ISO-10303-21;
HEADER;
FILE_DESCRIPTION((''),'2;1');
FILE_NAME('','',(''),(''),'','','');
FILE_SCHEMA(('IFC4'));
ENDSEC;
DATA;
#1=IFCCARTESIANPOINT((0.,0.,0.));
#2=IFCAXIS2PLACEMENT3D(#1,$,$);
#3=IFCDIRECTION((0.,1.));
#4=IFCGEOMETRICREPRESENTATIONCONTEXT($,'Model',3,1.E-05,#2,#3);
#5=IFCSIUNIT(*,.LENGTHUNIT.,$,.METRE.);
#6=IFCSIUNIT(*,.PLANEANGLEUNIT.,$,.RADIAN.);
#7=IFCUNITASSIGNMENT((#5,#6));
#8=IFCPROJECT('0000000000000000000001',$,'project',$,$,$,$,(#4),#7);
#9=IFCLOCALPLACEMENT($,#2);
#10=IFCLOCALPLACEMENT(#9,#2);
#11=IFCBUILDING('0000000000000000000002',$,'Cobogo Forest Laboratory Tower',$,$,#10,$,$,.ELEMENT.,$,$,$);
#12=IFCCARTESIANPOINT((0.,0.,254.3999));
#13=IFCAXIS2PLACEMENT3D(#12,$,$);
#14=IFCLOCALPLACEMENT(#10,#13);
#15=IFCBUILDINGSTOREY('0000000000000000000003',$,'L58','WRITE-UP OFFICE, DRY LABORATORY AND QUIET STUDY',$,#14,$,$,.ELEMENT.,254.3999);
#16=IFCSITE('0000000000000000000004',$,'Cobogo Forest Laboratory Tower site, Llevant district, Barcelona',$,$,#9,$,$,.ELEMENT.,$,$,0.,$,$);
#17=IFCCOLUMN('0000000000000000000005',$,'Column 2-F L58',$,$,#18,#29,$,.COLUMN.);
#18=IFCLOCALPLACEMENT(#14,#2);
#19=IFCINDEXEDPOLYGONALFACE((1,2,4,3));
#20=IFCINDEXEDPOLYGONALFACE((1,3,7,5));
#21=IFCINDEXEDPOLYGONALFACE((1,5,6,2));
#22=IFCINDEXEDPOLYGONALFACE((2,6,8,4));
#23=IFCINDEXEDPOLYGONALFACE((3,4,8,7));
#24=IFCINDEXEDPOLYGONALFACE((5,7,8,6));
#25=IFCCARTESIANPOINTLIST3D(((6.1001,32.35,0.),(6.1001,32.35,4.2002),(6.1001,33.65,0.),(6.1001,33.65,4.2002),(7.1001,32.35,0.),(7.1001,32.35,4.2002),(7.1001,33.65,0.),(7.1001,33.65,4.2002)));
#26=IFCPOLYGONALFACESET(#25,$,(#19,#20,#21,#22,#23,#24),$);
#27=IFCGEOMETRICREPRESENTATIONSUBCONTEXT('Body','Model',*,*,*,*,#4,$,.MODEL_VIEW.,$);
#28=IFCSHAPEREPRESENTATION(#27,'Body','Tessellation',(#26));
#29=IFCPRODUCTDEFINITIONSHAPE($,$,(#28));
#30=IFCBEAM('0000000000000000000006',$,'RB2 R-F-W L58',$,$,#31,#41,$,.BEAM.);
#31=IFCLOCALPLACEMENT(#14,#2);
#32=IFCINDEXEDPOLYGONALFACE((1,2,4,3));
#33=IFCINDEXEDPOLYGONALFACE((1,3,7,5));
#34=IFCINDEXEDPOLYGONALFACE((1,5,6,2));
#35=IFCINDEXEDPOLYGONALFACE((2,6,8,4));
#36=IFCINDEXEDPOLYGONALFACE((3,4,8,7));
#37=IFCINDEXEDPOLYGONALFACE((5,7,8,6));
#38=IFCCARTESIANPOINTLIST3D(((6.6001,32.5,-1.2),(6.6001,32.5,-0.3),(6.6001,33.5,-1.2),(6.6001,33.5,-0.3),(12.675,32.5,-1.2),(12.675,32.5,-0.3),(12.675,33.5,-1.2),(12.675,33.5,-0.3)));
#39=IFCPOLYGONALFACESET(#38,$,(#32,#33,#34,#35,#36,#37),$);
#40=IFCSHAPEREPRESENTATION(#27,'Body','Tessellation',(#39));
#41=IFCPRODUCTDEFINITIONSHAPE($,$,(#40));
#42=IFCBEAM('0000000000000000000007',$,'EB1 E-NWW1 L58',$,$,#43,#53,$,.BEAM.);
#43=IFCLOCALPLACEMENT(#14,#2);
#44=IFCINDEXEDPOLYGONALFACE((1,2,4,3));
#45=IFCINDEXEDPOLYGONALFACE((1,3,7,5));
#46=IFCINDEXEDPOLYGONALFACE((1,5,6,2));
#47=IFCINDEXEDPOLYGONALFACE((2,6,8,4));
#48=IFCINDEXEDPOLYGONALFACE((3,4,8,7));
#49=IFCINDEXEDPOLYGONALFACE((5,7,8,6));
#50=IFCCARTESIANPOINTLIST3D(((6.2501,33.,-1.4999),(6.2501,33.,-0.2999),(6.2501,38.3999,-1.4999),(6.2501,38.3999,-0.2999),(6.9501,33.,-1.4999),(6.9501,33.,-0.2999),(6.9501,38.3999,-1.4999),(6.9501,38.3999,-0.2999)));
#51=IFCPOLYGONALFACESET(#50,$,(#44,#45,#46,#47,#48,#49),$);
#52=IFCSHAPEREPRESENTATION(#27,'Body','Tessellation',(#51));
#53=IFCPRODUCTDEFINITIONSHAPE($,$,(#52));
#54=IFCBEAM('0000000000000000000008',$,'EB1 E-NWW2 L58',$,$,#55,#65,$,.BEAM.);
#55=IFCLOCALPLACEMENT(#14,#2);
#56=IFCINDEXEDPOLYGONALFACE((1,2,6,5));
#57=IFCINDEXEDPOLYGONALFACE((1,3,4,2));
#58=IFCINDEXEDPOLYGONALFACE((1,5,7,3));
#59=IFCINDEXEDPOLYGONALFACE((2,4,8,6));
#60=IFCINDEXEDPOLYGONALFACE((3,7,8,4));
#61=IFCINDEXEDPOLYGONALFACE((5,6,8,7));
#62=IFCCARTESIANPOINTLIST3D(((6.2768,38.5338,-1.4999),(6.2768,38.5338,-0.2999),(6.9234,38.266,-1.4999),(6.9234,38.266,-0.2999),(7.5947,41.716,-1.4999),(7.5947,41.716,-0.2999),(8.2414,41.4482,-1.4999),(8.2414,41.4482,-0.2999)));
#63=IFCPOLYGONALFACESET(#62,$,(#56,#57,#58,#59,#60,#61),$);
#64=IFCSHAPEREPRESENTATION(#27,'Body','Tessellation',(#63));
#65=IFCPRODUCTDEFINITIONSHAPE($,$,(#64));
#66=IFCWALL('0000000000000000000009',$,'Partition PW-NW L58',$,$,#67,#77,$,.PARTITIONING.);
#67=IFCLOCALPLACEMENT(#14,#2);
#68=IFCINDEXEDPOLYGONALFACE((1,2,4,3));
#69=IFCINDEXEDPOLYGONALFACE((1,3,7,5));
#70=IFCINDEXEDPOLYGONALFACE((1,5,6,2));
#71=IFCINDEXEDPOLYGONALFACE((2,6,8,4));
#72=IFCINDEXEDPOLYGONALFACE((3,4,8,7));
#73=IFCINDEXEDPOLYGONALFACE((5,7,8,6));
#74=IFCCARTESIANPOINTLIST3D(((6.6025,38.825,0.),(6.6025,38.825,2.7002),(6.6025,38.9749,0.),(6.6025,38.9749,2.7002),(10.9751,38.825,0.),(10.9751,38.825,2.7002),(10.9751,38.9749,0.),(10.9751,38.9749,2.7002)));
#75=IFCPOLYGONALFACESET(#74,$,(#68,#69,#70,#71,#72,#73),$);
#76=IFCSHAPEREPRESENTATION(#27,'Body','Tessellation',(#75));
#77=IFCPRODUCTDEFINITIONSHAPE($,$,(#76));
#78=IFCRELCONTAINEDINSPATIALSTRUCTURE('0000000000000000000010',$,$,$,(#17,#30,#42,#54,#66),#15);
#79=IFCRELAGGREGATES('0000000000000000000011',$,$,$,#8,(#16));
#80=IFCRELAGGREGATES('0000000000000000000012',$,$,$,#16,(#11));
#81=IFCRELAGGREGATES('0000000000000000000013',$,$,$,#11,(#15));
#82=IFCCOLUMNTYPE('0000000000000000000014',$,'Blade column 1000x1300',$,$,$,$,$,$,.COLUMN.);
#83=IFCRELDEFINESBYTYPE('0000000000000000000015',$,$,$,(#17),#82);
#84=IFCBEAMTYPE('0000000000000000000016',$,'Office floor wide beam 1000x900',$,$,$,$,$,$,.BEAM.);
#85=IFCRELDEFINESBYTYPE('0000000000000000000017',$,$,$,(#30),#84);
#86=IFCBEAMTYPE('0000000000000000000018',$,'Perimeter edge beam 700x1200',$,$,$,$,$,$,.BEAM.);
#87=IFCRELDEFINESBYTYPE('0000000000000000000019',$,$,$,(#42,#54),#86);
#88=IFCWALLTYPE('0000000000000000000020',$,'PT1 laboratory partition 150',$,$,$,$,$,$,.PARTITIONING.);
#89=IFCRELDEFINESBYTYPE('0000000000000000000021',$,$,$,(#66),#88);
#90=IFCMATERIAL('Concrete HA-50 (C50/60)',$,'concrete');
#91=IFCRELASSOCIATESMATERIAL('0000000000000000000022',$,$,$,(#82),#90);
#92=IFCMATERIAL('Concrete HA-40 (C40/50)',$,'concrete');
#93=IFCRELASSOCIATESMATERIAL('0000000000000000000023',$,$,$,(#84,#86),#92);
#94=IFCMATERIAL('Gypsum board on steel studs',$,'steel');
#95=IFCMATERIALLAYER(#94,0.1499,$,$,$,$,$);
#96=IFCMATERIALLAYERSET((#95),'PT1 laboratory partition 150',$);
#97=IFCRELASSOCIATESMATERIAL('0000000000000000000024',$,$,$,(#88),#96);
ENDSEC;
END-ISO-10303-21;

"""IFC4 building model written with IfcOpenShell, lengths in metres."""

from ifc_helpers import new_model, si_unit, direction, frame, frame_2d, origin, origin_2d, place, context, subcontext, project, spatial, rectangle, extrude, material, layer, layer_set, material_profile, profile_set, type_object, element, save


model = new_model("IFC4")

# Units and contexts
model_context = context("Model", 3, precision=1e-05, world=origin(), true_north=direction((0.0, 1.0)))
body_context = subcontext(model_context, "Body", "Model", "MODEL_VIEW")
ifc_project = project(units=[si_unit("LENGTHUNIT", "METRE"), si_unit("PLANEANGLEUNIT", "RADIAN")], contexts=[model_context])

# Site, building, storey
site_placement = place(None, origin())
site = spatial("IfcSite", under=ifc_project, at=site_placement, Name="Cobogo Forest Laboratory Tower site, Llevant district, Barcelona", CompositionType="ELEMENT", RefElevation=0.0)
building_placement = place(site_placement, origin())
building = spatial("IfcBuilding", under=site, at=building_placement, Name="Cobogo Forest Laboratory Tower", CompositionType="ELEMENT")
storey_placement = place(building_placement, frame((0.0, 0.0, 254.3999)))
storey = spatial("IfcBuildingStorey", under=building, at=storey_placement, Name="L58", Description="WRITE-UP OFFICE, DRY LABORATORY AND QUIET STUDY", CompositionType="ELEMENT", Elevation=254.3999)

# Column
ifc_material_1 = material(Name="Concrete HA-50 (C50/60)", Category="concrete")
ifc_material_profile_1 = material_profile(ifc_material_1, rectangle(XDim=1.3, YDim=1.0, at=origin_2d()), Name="RC 1000x1300")
ifc_profile_set_1 = profile_set([ifc_material_profile_1], Name="Concrete HA-50 (C50/60)")
column_type = type_object("IfcColumnType", Name="Blade column 1000x1300", PredefinedType="COLUMN", material=ifc_profile_set_1)
column_placement = place(storey_placement, frame((6.6001, 33.0, 0.0), z_axis=(0.0, 0.0, 1.0), x_axis=(0.0, 1.0, 0.0)))
element("IfcColumn", 1, at=column_placement, inside=storey, type_object=column_type, Name="Column 2-F L58", PredefinedType="COLUMN", context=body_context, shape_type="SweptSolid", body=[
    extrude(rectangle(XDim=1.3, YDim=1.0, at=origin_2d()), origin(), (0.0, 0.0, 1.0), 4.2002),
])

# Beams
ifc_material_2 = material(Name="Concrete HA-40 (C40/50)", Category="concrete")
ifc_material_profile_2 = material_profile(ifc_material_2, rectangle(XDim=1.0, YDim=0.8999, at=origin_2d()), Name="RC 1000x900")
ifc_profile_set_2 = profile_set([ifc_material_profile_2], Name="Concrete HA-40 (C40/50)")
beam_type_1 = type_object("IfcBeamType", Name="Office floor wide beam 1000x900", PredefinedType="BEAM", material=ifc_profile_set_2)
beam_1_placement = place(storey_placement, frame((12.675, 33.0, -0.75), z_axis=(-1.0, 0.0, 0.0), x_axis=(0.0, -1.0, 0.0)))
element("IfcBeam", 2, at=beam_1_placement, inside=storey, type_object=beam_type_1, Name="RB2 R-F-W L58", PredefinedType="BEAM", context=body_context, shape_type="SweptSolid", body=[
    extrude(rectangle(XDim=1.0, YDim=0.8999, at=origin_2d()), origin(), (0.0, 0.0, 1.0), 6.075),
])
ifc_material_profile_3 = material_profile(ifc_material_2, rectangle(XDim=0.7, YDim=1.2, at=origin_2d()), Name="RC 700x1200")
ifc_profile_set_3 = profile_set([ifc_material_profile_3], Name="Concrete HA-40 (C40/50)")
beam_type_2 = type_object("IfcBeamType", Name="Perimeter edge beam 700x1200", PredefinedType="BEAM", material=ifc_profile_set_3)
beam_2_placement = place(storey_placement, frame((6.6001, 33.0, -0.8999), z_axis=(0.0, 1.0, 0.0), x_axis=(-1.0, 0.0, 0.0)))
element("IfcBeam", 3, at=beam_2_placement, inside=storey, type_object=beam_type_2, Name="EB1 E-NWW1 L58", PredefinedType="BEAM", context=body_context, shape_type="SweptSolid", body=[
    extrude(rectangle(XDim=0.7, YDim=1.2, at=origin_2d()), origin(), (0.0, 0.0, 1.0), 5.3999),
])
beam_3_placement = place(storey_placement, frame((6.6001, 38.3999, -0.8999), z_axis=(0.382631, 0.923901, 0.0), x_axis=(-0.923901, 0.382631, 0.0)))
element("IfcBeam", 4, at=beam_3_placement, inside=storey, type_object=beam_type_2, Name="EB1 E-NWW2 L58", PredefinedType="BEAM", context=body_context, shape_type="SweptSolid", body=[
    extrude(rectangle(XDim=0.7, YDim=1.2, at=origin_2d()), origin(), (0.0, 0.0, 1.0), 3.4443),
])

# Wall
ifc_material_3 = material(Name="Gypsum board on steel studs", Category="steel")
ifc_layer_1 = layer(ifc_material_3, 0.1499)
ifc_layer_set_1 = layer_set([ifc_layer_1], Name="PT1 laboratory partition 150")
wall_type_1 = type_object("IfcWallType", Name="PT1 laboratory partition 150", PredefinedType="PARTITIONING", material=ifc_layer_set_1)
wall_1_placement = place(storey_placement, frame((6.6025, 38.8999, 0.0), z_axis=(0.0, 0.0, 1.0), x_axis=(1.0, 0.0, 0.0)))
element("IfcWall", 5, at=wall_1_placement, inside=storey, type_object=wall_type_1, Name="Partition PW-NW L58", PredefinedType="PARTITIONING", context=body_context, shape_type="SweptSolid", body=[
    extrude(rectangle(XDim=4.3726, YDim=0.1499, at=frame_2d((2.1863, 0.0))), origin(), (0.0, 0.0, 1.0), 2.7002),
])

save(model, "model.ifc")
